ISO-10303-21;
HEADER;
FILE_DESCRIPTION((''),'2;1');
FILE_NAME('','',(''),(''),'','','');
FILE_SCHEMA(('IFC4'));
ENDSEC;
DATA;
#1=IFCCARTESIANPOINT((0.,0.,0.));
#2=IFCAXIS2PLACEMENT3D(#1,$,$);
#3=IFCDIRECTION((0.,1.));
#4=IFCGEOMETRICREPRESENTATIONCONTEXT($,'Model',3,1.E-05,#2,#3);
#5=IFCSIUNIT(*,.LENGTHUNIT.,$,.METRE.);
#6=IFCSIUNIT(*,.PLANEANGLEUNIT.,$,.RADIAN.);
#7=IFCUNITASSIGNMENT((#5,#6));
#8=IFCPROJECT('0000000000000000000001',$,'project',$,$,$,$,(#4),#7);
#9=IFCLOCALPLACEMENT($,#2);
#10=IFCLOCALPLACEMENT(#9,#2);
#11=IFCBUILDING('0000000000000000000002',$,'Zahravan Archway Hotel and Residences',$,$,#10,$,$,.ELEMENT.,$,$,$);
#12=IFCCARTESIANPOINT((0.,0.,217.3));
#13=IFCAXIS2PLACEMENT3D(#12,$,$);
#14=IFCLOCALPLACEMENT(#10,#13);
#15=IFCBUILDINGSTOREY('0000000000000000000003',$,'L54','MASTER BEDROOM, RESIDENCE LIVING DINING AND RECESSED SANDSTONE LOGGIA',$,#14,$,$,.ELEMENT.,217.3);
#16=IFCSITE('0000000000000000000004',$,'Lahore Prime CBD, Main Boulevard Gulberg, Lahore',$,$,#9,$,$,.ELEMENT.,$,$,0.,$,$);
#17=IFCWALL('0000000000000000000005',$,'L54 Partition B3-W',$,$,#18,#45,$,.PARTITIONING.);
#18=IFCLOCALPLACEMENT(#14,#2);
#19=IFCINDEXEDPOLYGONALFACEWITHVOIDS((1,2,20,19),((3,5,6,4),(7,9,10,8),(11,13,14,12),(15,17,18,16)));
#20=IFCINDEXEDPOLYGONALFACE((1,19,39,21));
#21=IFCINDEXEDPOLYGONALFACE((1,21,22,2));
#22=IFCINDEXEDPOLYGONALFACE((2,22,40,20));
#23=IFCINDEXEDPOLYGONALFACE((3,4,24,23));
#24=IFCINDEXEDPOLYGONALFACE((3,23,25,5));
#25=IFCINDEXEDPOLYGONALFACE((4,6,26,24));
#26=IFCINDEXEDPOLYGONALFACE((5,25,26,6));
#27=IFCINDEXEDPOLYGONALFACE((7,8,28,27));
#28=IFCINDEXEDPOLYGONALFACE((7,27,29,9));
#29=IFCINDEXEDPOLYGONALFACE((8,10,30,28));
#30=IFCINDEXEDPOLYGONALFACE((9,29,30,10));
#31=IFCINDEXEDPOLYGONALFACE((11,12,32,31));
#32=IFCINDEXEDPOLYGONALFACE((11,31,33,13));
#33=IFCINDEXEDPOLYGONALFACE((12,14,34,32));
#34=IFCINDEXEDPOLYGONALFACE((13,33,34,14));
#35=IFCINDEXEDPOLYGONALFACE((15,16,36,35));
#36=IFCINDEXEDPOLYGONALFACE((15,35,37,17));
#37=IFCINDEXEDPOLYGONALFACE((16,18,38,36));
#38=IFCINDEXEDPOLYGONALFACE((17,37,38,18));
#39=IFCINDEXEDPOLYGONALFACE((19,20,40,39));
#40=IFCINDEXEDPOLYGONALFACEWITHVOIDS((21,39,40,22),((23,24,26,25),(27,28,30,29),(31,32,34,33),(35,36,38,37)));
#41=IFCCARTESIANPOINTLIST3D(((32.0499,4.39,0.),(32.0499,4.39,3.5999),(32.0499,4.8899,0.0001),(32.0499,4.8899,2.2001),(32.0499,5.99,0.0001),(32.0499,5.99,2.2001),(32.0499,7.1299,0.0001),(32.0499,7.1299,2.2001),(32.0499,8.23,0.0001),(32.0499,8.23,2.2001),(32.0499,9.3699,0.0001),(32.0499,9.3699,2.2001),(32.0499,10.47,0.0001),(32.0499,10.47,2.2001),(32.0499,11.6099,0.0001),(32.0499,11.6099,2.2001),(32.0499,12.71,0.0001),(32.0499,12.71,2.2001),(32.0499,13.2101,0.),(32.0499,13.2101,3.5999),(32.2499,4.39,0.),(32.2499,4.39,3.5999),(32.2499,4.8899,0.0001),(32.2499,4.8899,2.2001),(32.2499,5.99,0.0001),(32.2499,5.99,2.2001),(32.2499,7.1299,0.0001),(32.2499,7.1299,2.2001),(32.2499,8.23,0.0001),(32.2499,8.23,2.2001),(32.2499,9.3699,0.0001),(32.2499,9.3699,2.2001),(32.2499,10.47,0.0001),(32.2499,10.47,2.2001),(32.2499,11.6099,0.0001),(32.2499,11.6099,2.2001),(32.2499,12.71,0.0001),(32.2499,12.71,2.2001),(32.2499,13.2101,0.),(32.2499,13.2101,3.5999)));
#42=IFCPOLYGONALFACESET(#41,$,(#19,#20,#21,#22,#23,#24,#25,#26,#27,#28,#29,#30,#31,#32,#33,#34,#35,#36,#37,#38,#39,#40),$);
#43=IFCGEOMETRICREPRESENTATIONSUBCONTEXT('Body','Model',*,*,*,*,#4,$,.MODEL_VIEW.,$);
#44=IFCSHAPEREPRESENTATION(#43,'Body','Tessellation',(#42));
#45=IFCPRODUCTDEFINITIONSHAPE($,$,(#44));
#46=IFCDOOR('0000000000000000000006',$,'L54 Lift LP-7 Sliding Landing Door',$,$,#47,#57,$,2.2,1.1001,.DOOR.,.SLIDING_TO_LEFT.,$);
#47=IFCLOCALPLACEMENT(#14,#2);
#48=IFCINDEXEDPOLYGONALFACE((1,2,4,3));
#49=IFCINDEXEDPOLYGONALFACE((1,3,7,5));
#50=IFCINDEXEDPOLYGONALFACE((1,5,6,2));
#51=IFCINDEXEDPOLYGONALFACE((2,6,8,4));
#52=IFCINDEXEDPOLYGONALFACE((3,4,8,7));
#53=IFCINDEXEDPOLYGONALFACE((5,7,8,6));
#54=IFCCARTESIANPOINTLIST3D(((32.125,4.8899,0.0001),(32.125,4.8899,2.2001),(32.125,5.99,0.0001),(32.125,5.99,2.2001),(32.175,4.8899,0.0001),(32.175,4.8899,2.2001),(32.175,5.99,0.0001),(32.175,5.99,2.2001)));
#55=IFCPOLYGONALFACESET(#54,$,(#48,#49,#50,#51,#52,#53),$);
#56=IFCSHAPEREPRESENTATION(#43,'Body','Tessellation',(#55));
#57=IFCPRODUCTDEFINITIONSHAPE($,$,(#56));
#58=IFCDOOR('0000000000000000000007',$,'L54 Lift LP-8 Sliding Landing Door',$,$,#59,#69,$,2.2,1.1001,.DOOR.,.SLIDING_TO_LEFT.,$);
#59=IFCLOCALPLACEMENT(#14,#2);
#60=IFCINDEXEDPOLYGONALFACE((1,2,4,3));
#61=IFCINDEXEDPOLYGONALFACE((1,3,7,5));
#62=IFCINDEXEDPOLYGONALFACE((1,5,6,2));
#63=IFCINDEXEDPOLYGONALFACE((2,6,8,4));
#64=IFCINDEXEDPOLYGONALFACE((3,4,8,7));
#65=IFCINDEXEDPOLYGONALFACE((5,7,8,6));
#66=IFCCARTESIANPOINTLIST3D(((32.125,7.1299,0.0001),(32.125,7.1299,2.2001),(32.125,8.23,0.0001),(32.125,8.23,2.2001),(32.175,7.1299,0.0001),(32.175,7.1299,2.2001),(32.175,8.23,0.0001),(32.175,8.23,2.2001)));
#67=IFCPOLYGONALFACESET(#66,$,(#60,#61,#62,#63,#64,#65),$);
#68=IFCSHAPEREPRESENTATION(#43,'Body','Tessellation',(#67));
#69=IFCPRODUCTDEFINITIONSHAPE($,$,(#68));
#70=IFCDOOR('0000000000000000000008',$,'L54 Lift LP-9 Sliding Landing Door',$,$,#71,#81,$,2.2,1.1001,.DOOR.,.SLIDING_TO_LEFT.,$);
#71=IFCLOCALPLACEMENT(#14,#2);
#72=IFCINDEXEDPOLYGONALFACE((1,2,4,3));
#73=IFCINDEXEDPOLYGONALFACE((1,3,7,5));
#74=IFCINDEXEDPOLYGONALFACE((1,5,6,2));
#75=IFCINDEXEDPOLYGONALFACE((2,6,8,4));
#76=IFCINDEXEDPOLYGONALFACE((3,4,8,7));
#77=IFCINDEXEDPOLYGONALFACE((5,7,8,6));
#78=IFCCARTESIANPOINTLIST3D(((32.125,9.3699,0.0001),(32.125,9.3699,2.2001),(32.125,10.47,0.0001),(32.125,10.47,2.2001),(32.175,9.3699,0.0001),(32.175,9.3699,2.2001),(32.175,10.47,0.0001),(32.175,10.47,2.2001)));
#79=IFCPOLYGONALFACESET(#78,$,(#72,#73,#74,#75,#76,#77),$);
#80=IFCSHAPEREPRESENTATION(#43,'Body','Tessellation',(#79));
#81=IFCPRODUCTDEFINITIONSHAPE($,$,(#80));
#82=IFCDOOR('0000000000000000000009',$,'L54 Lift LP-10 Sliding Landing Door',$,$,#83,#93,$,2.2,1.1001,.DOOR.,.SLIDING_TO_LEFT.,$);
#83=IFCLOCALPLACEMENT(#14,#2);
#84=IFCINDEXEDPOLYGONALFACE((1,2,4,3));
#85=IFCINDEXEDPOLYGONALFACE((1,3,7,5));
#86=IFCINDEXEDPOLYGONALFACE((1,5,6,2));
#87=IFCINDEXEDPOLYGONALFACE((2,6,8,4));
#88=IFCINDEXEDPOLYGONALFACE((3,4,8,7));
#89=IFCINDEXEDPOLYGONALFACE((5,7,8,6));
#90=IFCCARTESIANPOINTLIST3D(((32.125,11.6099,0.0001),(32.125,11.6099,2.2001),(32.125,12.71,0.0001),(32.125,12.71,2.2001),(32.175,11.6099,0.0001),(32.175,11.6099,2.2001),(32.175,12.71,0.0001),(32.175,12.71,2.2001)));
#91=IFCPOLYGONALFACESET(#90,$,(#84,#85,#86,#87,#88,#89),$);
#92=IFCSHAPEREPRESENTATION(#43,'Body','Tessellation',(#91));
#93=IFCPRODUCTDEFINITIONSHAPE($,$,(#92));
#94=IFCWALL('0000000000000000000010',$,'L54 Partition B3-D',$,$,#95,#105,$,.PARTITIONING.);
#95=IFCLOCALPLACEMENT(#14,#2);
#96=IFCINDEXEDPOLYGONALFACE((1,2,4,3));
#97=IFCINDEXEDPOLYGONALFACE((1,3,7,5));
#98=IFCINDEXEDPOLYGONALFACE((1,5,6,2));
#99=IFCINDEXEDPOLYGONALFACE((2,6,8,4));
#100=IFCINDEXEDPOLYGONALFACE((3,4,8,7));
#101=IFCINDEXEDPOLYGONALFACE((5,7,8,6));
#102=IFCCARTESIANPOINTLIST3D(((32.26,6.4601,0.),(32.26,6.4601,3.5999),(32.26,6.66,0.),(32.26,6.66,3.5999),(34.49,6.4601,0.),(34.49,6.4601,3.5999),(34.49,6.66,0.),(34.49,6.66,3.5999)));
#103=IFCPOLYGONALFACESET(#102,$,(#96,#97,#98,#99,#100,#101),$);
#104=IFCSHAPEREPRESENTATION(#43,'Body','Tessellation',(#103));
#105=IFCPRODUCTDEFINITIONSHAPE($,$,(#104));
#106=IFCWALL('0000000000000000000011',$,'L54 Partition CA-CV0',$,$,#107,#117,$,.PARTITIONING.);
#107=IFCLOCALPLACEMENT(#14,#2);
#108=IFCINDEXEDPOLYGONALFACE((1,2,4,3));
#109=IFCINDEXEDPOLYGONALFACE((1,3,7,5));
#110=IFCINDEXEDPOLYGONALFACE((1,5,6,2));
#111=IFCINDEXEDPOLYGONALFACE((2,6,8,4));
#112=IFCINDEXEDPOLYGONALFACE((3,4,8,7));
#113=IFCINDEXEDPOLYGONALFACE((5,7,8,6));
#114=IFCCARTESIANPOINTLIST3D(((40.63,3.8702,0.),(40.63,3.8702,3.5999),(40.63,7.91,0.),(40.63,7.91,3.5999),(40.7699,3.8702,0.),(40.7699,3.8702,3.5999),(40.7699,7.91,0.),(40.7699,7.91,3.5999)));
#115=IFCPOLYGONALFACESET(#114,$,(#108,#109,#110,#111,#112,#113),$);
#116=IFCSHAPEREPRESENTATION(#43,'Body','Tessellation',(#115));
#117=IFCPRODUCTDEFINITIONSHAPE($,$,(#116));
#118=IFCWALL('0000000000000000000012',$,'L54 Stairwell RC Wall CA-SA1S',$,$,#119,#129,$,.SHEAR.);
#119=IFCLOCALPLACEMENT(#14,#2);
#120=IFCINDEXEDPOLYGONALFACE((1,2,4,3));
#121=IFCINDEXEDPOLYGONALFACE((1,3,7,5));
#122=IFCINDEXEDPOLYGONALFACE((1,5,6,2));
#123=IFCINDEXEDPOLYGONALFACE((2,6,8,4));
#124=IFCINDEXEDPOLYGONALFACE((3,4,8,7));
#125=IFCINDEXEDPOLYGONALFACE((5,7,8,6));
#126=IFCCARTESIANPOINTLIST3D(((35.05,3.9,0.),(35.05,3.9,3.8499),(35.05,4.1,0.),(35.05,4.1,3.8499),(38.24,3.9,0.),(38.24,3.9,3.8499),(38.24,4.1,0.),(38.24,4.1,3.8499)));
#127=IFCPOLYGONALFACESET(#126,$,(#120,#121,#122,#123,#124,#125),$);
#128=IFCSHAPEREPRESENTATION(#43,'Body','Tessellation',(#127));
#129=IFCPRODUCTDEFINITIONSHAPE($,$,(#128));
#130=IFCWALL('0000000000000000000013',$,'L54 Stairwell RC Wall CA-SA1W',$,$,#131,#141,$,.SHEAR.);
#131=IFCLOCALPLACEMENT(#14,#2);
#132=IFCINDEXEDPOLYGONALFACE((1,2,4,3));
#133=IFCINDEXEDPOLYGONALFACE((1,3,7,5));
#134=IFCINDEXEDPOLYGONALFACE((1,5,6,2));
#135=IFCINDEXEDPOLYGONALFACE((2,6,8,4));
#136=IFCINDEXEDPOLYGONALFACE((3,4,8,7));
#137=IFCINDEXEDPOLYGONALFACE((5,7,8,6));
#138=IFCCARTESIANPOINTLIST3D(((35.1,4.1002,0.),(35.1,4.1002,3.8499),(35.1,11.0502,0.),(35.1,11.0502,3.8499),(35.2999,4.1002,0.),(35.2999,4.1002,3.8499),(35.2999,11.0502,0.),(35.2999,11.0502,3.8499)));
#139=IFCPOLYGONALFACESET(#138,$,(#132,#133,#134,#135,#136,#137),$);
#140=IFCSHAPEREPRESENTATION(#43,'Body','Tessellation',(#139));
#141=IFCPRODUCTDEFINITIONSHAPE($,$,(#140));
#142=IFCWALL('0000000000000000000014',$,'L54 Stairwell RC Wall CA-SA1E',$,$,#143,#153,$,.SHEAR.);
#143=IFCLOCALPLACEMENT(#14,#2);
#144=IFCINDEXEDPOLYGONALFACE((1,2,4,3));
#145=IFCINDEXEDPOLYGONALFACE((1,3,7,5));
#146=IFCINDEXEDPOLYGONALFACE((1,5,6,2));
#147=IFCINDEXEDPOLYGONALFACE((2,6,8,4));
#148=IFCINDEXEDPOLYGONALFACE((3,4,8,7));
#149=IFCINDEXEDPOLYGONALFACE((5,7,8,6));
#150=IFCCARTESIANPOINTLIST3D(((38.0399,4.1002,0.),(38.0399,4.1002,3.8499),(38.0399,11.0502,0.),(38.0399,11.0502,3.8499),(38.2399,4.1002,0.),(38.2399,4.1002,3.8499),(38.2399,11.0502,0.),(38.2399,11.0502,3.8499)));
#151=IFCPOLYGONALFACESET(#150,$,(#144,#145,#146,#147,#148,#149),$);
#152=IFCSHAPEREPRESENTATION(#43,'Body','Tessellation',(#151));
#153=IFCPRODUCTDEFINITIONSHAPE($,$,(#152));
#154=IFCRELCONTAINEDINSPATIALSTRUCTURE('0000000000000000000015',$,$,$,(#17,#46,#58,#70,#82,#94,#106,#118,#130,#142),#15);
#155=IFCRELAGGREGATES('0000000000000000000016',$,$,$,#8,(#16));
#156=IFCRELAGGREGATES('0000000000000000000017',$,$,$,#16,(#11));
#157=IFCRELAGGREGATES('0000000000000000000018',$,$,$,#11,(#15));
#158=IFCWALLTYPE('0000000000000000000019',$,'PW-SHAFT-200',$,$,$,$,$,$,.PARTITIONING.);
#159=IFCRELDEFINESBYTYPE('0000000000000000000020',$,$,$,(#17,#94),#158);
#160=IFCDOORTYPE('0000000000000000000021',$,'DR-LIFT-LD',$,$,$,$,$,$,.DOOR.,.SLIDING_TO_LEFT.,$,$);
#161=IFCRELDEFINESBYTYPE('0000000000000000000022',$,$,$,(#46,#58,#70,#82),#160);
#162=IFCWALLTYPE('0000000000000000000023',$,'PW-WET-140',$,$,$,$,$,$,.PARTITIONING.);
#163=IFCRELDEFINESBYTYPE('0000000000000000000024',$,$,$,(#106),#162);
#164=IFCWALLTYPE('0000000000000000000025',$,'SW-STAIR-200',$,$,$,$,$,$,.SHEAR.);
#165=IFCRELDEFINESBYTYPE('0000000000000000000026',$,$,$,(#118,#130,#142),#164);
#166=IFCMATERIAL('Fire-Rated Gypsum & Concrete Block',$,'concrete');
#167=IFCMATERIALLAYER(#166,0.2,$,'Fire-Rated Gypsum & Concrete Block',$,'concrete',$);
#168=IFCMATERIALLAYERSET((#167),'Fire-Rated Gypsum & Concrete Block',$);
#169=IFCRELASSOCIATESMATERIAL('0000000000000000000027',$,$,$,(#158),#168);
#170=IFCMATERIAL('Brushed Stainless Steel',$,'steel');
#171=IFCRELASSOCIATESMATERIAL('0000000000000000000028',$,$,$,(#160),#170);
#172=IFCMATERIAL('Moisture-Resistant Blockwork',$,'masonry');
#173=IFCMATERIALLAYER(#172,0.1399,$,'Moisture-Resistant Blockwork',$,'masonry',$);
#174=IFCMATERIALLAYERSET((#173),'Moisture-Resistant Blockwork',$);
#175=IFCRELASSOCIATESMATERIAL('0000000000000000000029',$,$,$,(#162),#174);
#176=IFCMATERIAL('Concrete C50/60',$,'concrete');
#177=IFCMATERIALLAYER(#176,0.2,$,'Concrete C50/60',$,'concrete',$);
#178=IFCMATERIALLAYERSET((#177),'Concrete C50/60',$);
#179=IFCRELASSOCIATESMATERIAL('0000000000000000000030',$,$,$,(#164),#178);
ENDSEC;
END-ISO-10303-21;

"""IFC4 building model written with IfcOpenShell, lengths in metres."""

from ifc_helpers import new_model, si_unit, direction, frame, frame_2d, origin, place, context, subcontext, project, spatial, rectangle, extrude, source, transform, mapped, material, layer, layer_set, type_object, type_shapes, element, fill, save


model = new_model("IFC4")

# Units and contexts
model_context = context("Model", 3, precision=1e-05, world=origin(), true_north=direction((0.0, 1.0)))
body_context = subcontext(model_context, "Body", "Model", "MODEL_VIEW")
ifc_project = project(units=[si_unit("LENGTHUNIT", "METRE"), si_unit("PLANEANGLEUNIT", "RADIAN")], contexts=[model_context])

# Site, building, storey
site_placement = place(None, origin())
site = spatial("IfcSite", under=ifc_project, at=site_placement, Name="Lahore Prime CBD, Main Boulevard Gulberg, Lahore", CompositionType="ELEMENT", RefElevation=0.0)
building_placement = place(site_placement, origin())
building = spatial("IfcBuilding", under=site, at=building_placement, Name="Zahravan Archway Hotel and Residences", CompositionType="ELEMENT")
storey_placement = place(building_placement, frame((0.0, 0.0, 217.3)))
storey = spatial("IfcBuildingStorey", under=building, at=storey_placement, Name="L54", Description="MASTER BEDROOM, RESIDENCE LIVING DINING AND RECESSED SANDSTONE LOGGIA", CompositionType="ELEMENT", Elevation=217.3)

# Shared definitions
ifc_material_1 = material(Name="Fire-Rated Gypsum & Concrete Block", Category="concrete")
ifc_layer_1 = layer(ifc_material_1, 0.2, Name="Fire-Rated Gypsum & Concrete Block", Category="concrete")
ifc_layer_set_1 = layer_set([ifc_layer_1], Name="Fire-Rated Gypsum & Concrete Block")
wall_type_1 = type_object("IfcWallType", Name="PW-SHAFT-200", PredefinedType="PARTITIONING", material=ifc_layer_set_1)

# Wall, openings, doors
wall_1_placement = place(storey_placement, frame((32.1499, 4.3899, 0.0), z_axis=(0.0, 0.0, 1.0), x_axis=(0.0, 1.0, 0.0)))
wall_1 = element("IfcWall", 1, at=wall_1_placement, inside=storey, type_object=wall_type_1, Name="L54 Partition B3-W", PredefinedType="PARTITIONING", context=body_context, shape_type="SweptSolid", body=[
    extrude(rectangle(XDim=8.8201, YDim=0.2, at=frame_2d((4.4102, 0.0))), origin(), (0.0, 0.0, 1.0), 3.5999),
])
opening_1_placement = place(wall_1_placement, frame((0.5, 0.0, 0.0)))
opening_1 = element("IfcOpeningElement", 2, at=opening_1_placement, cuts=wall_1, PredefinedType="OPENING", context=body_context, shape_type="SweptSolid", body=[
    extrude(rectangle(XDim=1.1001, YDim=2.2, at=frame_2d((0.55, 1.1001))), frame((0.0, 0.1099, 0.0), z_axis=(0.0, -1.0, 0.0), x_axis=(1.0, 0.0, 0.0)), (0.0, 0.0, 1.0), 0.22),
])
opening_2_placement = place(wall_1_placement, frame((2.74, 0.0, 0.0)))
opening_2 = element("IfcOpeningElement", 3, at=opening_2_placement, cuts=wall_1, PredefinedType="OPENING", context=body_context, shape_type="SweptSolid", body=[
    extrude(rectangle(XDim=1.1001, YDim=2.2, at=frame_2d((0.55, 1.1001))), frame((0.0, 0.1099, 0.0), z_axis=(0.0, -1.0, 0.0), x_axis=(1.0, 0.0, 0.0)), (0.0, 0.0, 1.0), 0.22),
])
opening_3_placement = place(wall_1_placement, frame((4.98, 0.0, 0.0)))
opening_3 = element("IfcOpeningElement", 4, at=opening_3_placement, cuts=wall_1, PredefinedType="OPENING", context=body_context, shape_type="SweptSolid", body=[
    extrude(rectangle(XDim=1.1001, YDim=2.2, at=frame_2d((0.55, 1.1001))), frame((0.0, 0.1099, 0.0), z_axis=(0.0, -1.0, 0.0), x_axis=(1.0, 0.0, 0.0)), (0.0, 0.0, 1.0), 0.22),
])
opening_4_placement = place(wall_1_placement, frame((7.22, 0.0, 0.0)))
opening_4 = element("IfcOpeningElement", 5, at=opening_4_placement, cuts=wall_1, PredefinedType="OPENING", context=body_context, shape_type="SweptSolid", body=[
    extrude(rectangle(XDim=1.1001, YDim=2.2, at=frame_2d((0.55, 1.1001))), frame((0.0, 0.1099, 0.0), z_axis=(0.0, -1.0, 0.0), x_axis=(1.0, 0.0, 0.0)), (0.0, 0.0, 1.0), 0.22),
])
ifc_material_2 = material(Name="Brushed Stainless Steel", Category="steel")
door_type_1 = type_object("IfcDoorType", Name="DR-LIFT-LD", OperationType="SLIDING_TO_LEFT", PredefinedType="DOOR", material=ifc_material_2)
shared_shape_1 = source(origin(), body_context, "Body", "SweptSolid", [
    extrude(rectangle(XDim=1.1001, YDim=2.2, at=frame_2d((0.55, 1.1001))), frame((0.0, 0.0249, 0.0), z_axis=(0.0, -1.0, 0.0), x_axis=(1.0, 0.0, 0.0)), (0.0, 0.0, 1.0), 0.05),
])
type_shapes(door_type_1, [shared_shape_1])
door_1_placement = place(opening_1_placement, origin())
door_1 = element("IfcDoor", 6, at=door_1_placement, inside=storey, type_object=door_type_1, Name="L54 Lift LP-7 Sliding Landing Door", OperationType="SLIDING_TO_LEFT", OverallHeight=2.2, OverallWidth=1.1001, PredefinedType="DOOR", context=body_context, shape_type="MappedRepresentation", body=[
    mapped(shared_shape_1, transform((0.0, 0.0, 0.0), scale=1.0)),
])
fill(opening_1, door_1)
door_2_placement = place(opening_2_placement, origin())
door_2 = element("IfcDoor", 7, at=door_2_placement, inside=storey, type_object=door_type_1, Name="L54 Lift LP-8 Sliding Landing Door", OperationType="SLIDING_TO_LEFT", OverallHeight=2.2, OverallWidth=1.1001, PredefinedType="DOOR", context=body_context, shape_type="MappedRepresentation", body=[
    mapped(shared_shape_1, transform((0.0, 0.0, 0.0), scale=1.0)),
])
fill(opening_2, door_2)
door_3_placement = place(opening_3_placement, origin())
door_3 = element("IfcDoor", 8, at=door_3_placement, inside=storey, type_object=door_type_1, Name="L54 Lift LP-9 Sliding Landing Door", OperationType="SLIDING_TO_LEFT", OverallHeight=2.2, OverallWidth=1.1001, PredefinedType="DOOR", context=body_context, shape_type="MappedRepresentation", body=[
    mapped(shared_shape_1, transform((0.0, 0.0, 0.0), scale=1.0)),
])
fill(opening_3, door_3)
door_4_placement = place(opening_4_placement, origin())
door_4 = element("IfcDoor", 9, at=door_4_placement, inside=storey, type_object=door_type_1, Name="L54 Lift LP-10 Sliding Landing Door", OperationType="SLIDING_TO_LEFT", OverallHeight=2.2, OverallWidth=1.1001, PredefinedType="DOOR", context=body_context, shape_type="MappedRepresentation", body=[
    mapped(shared_shape_1, transform((0.0, 0.0, 0.0), scale=1.0)),
])
fill(opening_4, door_4)

# Walls
wall_2_placement = place(storey_placement, frame((32.26, 6.5601, 0.0), z_axis=(0.0, 0.0, 1.0), x_axis=(1.0, 0.0, 0.0)))
element("IfcWall", 10, at=wall_2_placement, inside=storey, type_object=wall_type_1, Name="L54 Partition B3-D", PredefinedType="PARTITIONING", context=body_context, shape_type="SweptSolid", body=[
    extrude(rectangle(XDim=2.23, YDim=0.2, at=frame_2d((1.115, 0.0))), origin(), (0.0, 0.0, 1.0), 3.5999),
])
ifc_material_3 = material(Name="Moisture-Resistant Blockwork", Category="masonry")
ifc_layer_2 = layer(ifc_material_3, 0.1399, Name="Moisture-Resistant Blockwork", Category="masonry")
ifc_layer_set_2 = layer_set([ifc_layer_2], Name="Moisture-Resistant Blockwork")
wall_type_2 = type_object("IfcWallType", Name="PW-WET-140", PredefinedType="PARTITIONING", material=ifc_layer_set_2)
wall_3_placement = place(storey_placement, frame((40.7, 3.8701, 0.0), z_axis=(0.0, 0.0, 1.0), x_axis=(0.0, 1.0, 0.0)))
element("IfcWall", 11, at=wall_3_placement, inside=storey, type_object=wall_type_2, Name="L54 Partition CA-CV0", PredefinedType="PARTITIONING", context=body_context, shape_type="SweptSolid", body=[
    extrude(rectangle(XDim=4.0398, YDim=0.1399, at=frame_2d((2.02, 0.0))), origin(), (0.0, 0.0, 1.0), 3.5999),
])
ifc_material_4 = material(Name="Concrete C50/60", Category="concrete")
ifc_layer_3 = layer(ifc_material_4, 0.2, Name="Concrete C50/60", Category="concrete")
ifc_layer_set_3 = layer_set([ifc_layer_3], Name="Concrete C50/60")
wall_type_3 = type_object("IfcWallType", Name="SW-STAIR-200", PredefinedType="SHEAR", material=ifc_layer_set_3)
wall_4_placement = place(storey_placement, frame((35.05, 4.0, 0.0), z_axis=(0.0, 0.0, 1.0), x_axis=(1.0, 0.0, 0.0)))
element("IfcWall", 12, at=wall_4_placement, inside=storey, type_object=wall_type_3, Name="L54 Stairwell RC Wall CA-SA1S", PredefinedType="SHEAR", context=body_context, shape_type="SweptSolid", body=[
    extrude(rectangle(XDim=3.1899, YDim=0.2, at=frame_2d((1.595, 0.0))), origin(), (0.0, 0.0, 1.0), 3.8499),
])
for number, where, z_axis, x_axis, name in (
    (13, (35.2, 4.1001, 0.0), (0.0, 0.0, 1.0), (0.0, 1.0, 0.0), "L54 Stairwell RC Wall CA-SA1W"),
    (14, (38.1399, 4.1001, 0.0), (0.0, 0.0, 1.0), (0.0, 1.0, 0.0), "L54 Stairwell RC Wall CA-SA1E"),
):
    element("IfcWall", number, at=place(storey_placement, frame(where, z_axis=z_axis, x_axis=x_axis)), inside=storey, type_object=wall_type_3, Name=name, PredefinedType="SHEAR", context=body_context, shape_type="SweptSolid", body=[
        extrude(rectangle(XDim=6.95, YDim=0.2, at=frame_2d((3.4751, 0.0))), origin(), (0.0, 0.0, 1.0), 3.8499),
    ])

save(model, "model.ifc")
